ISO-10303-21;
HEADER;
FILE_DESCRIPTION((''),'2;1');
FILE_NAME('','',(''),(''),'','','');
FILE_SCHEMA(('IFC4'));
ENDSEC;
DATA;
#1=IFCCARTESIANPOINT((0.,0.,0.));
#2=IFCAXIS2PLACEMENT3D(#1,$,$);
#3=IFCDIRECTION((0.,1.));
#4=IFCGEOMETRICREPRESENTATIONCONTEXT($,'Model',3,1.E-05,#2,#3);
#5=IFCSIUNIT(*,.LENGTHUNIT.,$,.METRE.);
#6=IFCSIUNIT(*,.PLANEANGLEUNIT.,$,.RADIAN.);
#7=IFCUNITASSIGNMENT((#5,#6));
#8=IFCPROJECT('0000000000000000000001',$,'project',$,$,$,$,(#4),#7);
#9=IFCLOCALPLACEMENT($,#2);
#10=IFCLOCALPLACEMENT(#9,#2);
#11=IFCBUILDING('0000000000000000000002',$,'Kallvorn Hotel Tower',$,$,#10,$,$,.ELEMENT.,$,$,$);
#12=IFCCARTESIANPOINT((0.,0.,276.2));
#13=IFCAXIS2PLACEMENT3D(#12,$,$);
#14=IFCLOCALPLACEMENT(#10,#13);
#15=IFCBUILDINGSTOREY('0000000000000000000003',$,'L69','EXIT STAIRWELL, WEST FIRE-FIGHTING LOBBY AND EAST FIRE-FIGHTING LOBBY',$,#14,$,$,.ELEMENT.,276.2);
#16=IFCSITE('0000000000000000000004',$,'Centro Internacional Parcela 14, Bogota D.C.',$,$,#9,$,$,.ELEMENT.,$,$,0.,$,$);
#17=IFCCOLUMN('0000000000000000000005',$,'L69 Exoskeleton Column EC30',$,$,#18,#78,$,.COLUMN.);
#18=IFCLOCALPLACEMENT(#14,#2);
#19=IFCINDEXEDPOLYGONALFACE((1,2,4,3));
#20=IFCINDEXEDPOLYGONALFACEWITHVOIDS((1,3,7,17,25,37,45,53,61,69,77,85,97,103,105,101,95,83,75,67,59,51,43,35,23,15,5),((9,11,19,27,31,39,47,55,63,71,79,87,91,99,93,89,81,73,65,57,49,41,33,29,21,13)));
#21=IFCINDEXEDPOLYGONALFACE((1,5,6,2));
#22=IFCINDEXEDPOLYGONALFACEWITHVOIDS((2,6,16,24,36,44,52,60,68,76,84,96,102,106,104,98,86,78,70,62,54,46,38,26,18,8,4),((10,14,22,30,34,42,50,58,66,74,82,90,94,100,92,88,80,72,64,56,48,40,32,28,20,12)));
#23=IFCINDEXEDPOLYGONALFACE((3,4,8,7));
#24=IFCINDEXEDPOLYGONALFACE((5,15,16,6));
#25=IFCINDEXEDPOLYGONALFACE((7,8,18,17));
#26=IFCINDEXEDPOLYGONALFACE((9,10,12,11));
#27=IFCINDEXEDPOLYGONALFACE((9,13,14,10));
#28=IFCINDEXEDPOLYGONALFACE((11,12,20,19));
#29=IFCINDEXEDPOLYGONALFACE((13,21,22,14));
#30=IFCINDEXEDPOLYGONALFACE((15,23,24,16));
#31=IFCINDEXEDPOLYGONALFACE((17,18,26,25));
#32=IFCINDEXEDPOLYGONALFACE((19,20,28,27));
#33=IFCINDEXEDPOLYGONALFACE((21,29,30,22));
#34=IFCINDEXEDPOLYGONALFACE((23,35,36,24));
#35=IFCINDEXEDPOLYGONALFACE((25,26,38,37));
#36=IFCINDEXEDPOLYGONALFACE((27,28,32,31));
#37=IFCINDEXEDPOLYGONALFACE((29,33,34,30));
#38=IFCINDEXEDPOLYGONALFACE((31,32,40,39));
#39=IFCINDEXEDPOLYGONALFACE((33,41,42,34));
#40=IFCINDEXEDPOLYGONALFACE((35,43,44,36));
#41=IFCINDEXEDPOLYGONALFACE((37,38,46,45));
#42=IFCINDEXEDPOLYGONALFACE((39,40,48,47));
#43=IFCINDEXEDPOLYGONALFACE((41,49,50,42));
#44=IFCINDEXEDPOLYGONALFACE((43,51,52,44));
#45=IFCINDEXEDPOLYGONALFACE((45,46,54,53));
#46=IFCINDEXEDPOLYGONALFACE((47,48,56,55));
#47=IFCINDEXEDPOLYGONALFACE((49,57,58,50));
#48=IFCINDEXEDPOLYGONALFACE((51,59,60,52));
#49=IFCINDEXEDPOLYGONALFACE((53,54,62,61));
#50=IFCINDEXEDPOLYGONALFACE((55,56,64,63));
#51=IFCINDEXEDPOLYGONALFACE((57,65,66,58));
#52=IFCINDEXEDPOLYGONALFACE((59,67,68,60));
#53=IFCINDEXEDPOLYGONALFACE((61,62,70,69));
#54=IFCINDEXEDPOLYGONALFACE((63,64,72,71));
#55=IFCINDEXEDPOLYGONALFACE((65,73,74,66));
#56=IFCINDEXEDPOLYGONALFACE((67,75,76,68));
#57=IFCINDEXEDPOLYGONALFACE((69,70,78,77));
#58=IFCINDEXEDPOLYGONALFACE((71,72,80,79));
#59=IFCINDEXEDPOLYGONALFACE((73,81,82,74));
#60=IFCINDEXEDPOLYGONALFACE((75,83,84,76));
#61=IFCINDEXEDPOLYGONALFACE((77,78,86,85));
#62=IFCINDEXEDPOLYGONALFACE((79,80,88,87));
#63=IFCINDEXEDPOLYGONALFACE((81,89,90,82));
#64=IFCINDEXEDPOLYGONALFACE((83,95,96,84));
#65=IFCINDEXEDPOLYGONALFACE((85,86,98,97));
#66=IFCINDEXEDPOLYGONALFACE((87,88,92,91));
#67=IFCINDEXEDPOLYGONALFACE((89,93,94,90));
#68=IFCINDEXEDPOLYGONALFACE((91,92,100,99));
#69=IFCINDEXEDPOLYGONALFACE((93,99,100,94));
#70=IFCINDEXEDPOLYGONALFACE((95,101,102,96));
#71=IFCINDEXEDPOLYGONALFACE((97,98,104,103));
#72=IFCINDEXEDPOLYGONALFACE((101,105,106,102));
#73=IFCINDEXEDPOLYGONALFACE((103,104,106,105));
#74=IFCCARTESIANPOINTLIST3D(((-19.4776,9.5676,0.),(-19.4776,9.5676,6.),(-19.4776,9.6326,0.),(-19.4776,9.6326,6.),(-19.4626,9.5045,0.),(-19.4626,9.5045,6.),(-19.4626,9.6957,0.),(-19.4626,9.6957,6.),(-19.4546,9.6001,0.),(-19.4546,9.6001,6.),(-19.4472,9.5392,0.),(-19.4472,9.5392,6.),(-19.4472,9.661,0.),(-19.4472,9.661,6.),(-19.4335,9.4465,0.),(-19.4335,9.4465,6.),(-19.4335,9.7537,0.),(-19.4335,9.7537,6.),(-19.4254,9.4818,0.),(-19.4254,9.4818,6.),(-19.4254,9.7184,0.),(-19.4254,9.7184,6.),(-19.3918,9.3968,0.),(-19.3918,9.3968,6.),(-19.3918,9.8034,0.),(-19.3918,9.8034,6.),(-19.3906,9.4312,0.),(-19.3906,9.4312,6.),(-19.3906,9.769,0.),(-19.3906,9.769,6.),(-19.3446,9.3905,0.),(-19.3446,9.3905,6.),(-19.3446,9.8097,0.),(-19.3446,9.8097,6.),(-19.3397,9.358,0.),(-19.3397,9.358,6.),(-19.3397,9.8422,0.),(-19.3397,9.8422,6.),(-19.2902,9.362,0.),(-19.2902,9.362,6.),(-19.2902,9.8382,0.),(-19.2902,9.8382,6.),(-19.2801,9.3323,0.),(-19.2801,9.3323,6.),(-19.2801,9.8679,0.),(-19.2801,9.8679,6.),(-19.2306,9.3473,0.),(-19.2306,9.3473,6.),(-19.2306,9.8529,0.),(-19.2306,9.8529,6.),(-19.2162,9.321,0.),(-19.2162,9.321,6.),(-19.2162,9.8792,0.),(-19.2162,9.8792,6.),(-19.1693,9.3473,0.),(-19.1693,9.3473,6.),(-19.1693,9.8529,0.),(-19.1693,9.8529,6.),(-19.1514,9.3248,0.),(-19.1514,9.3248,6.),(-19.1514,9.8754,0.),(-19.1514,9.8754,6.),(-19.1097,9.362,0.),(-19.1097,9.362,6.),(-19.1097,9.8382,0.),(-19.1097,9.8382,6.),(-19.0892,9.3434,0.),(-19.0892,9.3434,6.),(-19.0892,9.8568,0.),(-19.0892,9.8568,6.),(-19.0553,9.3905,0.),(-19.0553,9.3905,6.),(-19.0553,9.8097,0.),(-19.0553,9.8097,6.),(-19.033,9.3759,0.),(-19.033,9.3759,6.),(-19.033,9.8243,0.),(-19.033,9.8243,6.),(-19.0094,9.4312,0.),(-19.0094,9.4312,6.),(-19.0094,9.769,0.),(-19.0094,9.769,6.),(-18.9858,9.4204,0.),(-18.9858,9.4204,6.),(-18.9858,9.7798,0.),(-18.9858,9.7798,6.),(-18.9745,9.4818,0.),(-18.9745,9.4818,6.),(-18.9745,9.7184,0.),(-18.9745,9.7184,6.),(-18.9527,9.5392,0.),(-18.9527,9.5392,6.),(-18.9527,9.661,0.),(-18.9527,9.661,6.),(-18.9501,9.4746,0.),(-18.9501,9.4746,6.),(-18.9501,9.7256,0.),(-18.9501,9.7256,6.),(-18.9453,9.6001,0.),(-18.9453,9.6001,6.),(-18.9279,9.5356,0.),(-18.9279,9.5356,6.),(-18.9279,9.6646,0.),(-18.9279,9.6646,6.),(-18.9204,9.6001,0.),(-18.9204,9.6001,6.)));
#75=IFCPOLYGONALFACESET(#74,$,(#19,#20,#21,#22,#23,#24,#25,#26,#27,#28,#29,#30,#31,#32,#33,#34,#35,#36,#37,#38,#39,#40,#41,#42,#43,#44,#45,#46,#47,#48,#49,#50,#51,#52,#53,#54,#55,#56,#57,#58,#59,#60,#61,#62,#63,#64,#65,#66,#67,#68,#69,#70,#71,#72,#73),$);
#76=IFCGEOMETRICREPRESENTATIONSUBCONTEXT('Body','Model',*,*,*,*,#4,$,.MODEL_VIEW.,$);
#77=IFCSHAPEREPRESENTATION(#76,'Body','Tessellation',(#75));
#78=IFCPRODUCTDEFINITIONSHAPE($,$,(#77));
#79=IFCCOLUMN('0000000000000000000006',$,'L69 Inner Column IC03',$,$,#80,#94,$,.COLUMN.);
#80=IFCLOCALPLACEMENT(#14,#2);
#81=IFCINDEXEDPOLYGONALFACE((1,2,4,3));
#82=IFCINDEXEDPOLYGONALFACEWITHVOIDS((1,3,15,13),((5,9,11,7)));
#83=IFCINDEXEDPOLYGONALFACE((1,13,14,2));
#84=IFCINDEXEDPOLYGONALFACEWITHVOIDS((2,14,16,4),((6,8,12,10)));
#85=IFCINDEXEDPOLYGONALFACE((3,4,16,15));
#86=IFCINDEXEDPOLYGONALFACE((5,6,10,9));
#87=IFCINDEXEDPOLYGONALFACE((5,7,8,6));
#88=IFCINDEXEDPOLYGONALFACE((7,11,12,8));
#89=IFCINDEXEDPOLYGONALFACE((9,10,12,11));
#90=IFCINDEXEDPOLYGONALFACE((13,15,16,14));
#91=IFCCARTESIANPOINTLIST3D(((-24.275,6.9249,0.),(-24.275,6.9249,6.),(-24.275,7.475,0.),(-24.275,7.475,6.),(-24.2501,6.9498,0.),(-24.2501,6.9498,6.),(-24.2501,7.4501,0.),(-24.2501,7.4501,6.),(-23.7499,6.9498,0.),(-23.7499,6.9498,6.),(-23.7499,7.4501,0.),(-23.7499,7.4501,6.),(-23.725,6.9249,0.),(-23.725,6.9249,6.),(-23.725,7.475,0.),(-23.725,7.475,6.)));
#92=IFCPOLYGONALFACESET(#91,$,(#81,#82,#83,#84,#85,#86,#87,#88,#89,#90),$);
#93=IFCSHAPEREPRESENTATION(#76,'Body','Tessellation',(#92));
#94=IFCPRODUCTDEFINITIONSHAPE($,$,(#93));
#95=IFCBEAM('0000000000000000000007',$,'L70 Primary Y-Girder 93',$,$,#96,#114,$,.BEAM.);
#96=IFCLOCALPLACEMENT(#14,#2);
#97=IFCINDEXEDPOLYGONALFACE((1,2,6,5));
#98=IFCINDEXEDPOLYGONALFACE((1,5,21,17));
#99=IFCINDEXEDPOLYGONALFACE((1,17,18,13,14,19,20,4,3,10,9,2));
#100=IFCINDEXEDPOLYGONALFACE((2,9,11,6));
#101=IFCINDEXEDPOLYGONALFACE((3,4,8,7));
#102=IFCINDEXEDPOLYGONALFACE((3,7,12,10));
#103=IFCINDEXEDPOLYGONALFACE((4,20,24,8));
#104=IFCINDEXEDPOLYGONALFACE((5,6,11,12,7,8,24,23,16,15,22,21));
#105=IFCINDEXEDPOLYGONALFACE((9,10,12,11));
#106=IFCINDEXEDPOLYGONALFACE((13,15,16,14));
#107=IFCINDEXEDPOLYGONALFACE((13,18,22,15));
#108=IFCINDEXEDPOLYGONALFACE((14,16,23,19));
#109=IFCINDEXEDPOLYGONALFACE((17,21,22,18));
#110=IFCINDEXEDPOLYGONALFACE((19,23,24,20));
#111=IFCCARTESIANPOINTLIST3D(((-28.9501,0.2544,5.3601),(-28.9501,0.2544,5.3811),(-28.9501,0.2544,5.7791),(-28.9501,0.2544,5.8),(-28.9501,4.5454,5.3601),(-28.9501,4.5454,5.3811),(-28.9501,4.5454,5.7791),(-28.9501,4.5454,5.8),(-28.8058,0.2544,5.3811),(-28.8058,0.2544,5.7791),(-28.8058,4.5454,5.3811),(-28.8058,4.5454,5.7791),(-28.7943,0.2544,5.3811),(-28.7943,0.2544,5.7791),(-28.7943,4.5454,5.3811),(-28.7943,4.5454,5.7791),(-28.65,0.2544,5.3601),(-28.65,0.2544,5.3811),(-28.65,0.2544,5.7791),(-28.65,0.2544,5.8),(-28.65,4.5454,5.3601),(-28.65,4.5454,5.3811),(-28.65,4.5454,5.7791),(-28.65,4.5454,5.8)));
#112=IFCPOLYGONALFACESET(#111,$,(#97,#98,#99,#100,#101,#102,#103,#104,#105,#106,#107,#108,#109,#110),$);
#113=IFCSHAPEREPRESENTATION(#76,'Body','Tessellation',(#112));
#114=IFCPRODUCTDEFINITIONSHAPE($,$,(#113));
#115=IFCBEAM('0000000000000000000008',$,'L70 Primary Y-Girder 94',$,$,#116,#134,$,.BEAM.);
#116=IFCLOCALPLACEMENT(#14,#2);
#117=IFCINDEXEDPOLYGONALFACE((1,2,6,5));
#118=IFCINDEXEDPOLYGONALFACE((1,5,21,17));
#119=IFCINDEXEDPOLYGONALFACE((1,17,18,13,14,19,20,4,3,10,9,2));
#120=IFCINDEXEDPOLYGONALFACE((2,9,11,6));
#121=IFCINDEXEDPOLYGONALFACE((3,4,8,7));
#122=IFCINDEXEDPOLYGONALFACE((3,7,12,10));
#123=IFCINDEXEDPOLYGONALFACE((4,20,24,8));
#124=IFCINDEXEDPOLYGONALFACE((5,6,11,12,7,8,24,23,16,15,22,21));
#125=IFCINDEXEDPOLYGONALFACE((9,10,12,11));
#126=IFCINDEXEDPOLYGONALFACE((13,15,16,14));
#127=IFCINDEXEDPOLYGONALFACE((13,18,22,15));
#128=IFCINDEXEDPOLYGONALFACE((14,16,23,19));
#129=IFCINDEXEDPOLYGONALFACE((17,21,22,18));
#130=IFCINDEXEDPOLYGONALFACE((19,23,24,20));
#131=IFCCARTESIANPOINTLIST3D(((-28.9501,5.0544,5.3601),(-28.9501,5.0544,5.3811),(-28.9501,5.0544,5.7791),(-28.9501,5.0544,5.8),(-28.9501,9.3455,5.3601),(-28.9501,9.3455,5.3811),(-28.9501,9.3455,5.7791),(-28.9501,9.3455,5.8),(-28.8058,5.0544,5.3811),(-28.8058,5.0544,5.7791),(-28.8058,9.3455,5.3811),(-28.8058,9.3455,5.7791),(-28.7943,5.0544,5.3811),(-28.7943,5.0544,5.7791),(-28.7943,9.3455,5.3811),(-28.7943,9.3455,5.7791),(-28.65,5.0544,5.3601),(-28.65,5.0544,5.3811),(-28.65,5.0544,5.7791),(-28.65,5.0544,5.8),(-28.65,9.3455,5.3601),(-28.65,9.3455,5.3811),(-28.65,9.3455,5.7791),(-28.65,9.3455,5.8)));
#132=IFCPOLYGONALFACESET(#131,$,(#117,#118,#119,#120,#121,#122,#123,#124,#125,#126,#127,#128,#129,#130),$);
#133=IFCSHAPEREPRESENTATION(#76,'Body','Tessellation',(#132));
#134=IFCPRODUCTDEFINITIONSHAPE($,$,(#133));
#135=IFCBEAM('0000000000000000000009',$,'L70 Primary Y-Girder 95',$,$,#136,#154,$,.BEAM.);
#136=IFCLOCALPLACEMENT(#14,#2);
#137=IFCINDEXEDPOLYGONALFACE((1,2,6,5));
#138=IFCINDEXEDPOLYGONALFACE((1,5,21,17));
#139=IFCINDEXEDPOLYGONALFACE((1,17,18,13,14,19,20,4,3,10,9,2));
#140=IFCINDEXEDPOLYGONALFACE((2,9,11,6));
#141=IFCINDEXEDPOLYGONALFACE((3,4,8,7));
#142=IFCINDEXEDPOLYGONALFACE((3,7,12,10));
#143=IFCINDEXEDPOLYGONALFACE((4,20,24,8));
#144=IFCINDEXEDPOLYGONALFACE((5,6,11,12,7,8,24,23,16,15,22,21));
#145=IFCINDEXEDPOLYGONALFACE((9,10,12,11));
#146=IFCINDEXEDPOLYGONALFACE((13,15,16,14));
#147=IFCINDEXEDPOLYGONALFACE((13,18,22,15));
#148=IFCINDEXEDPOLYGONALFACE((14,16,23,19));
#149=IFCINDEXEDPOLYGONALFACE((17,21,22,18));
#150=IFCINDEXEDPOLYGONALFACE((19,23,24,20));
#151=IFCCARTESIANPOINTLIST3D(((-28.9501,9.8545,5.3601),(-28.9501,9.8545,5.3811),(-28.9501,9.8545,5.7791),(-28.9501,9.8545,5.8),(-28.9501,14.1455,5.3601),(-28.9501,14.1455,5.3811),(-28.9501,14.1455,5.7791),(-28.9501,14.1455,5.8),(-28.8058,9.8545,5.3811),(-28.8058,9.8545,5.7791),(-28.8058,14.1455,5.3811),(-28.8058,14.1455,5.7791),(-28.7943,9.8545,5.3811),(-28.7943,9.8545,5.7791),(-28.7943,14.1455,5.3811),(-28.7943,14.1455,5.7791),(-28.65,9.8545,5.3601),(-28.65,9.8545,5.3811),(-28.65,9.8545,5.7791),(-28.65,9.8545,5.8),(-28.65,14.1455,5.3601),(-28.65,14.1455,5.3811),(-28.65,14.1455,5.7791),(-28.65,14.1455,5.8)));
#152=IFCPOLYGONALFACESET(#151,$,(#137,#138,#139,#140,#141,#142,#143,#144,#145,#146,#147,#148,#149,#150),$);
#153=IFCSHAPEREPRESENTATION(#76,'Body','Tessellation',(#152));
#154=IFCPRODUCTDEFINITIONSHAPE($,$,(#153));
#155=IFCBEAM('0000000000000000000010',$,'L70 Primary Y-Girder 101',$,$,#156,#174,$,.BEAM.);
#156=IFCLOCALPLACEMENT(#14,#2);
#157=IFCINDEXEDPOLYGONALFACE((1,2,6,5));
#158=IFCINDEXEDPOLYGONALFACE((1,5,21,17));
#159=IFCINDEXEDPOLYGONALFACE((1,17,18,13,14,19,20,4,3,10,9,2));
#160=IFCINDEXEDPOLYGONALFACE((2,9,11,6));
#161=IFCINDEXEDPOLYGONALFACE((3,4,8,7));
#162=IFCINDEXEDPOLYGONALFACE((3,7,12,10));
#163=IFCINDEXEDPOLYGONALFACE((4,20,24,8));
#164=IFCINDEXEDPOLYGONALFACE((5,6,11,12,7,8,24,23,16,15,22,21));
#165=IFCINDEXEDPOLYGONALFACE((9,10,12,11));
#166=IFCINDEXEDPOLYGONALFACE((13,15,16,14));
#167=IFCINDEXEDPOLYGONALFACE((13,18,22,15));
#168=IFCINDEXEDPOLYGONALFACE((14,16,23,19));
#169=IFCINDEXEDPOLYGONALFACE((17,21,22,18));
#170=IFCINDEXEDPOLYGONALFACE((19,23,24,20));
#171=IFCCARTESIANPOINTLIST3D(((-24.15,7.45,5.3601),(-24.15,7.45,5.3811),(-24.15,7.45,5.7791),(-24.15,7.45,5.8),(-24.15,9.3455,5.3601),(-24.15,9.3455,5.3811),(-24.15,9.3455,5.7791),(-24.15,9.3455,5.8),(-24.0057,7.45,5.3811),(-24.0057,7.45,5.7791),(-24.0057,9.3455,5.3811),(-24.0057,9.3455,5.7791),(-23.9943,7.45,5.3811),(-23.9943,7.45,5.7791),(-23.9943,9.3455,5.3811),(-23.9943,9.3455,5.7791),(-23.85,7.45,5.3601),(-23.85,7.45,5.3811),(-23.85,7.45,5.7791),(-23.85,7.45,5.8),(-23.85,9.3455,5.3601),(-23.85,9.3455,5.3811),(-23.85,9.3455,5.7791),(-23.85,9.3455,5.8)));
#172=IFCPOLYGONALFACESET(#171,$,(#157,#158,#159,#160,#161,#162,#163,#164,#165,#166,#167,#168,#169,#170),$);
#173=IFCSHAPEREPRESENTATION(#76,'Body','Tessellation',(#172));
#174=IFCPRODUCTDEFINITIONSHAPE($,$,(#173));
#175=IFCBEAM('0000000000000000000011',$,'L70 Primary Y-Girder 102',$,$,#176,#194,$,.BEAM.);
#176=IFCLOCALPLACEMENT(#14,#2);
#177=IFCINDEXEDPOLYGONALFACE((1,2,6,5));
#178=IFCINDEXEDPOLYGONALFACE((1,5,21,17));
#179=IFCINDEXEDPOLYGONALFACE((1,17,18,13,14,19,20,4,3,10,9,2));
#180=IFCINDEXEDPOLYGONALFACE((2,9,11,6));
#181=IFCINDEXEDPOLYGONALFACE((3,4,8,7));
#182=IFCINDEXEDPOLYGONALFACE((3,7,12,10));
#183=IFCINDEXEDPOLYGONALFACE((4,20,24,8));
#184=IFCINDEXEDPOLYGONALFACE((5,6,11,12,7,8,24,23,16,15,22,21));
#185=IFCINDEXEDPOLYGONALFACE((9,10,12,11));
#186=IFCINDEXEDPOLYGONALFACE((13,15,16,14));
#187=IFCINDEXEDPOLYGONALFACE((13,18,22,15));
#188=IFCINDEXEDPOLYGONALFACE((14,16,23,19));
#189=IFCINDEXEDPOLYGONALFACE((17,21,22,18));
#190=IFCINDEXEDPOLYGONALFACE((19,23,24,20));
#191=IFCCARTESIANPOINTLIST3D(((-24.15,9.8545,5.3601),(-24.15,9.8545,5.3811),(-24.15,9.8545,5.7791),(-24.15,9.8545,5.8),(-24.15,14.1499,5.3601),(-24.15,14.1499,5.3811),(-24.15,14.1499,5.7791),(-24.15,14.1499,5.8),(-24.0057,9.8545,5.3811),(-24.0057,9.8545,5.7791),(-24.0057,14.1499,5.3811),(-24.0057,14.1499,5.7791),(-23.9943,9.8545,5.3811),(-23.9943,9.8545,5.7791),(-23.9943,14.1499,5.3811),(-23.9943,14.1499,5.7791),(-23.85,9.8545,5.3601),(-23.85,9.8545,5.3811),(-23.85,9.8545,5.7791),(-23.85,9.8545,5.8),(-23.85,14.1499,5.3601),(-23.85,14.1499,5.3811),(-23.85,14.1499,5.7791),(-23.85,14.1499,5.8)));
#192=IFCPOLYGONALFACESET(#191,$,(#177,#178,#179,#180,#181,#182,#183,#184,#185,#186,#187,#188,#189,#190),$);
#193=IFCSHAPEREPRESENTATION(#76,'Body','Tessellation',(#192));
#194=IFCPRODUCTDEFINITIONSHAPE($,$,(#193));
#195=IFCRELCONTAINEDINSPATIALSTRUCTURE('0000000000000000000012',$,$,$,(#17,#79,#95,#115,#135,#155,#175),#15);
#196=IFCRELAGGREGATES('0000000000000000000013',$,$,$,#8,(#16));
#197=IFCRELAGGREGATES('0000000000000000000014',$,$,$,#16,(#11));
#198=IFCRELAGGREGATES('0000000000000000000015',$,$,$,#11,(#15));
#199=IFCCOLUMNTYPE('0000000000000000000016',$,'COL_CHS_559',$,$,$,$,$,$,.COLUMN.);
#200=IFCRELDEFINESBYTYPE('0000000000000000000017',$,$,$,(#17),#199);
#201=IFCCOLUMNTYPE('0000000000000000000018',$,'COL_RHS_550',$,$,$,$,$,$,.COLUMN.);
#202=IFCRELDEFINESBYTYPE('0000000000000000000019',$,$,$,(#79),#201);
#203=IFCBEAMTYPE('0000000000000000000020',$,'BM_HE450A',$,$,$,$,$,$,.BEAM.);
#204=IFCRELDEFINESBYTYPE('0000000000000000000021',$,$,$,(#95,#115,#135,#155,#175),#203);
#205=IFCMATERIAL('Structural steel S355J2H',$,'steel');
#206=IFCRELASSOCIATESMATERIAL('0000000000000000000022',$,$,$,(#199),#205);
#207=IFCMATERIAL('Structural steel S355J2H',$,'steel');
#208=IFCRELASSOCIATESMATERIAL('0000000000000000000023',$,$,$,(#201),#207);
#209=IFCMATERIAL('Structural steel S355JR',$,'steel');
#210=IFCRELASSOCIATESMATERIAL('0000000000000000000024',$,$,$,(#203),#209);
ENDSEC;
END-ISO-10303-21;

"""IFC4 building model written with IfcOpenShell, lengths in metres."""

from ifc_helpers import new_model, si_unit, direction, frame, origin, origin_2d, place, context, subcontext, project, spatial, hollow_rectangle, hollow_circle, i_section, extrude, material, material_profile, profile_set, type_object, element, save


model = new_model("IFC4")

# Units and contexts
model_context = context("Model", 3, precision=1e-05, world=origin(), true_north=direction((0.0, 1.0)))
body_context = subcontext(model_context, "Body", "Model", "MODEL_VIEW")
ifc_project = project(units=[si_unit("LENGTHUNIT", "METRE"), si_unit("PLANEANGLEUNIT", "RADIAN")], contexts=[model_context])

# Site, building, storey
site_placement = place(None, origin())
site = spatial("IfcSite", under=ifc_project, at=site_placement, Name="Centro Internacional Parcela 14, Bogota D.C.", CompositionType="ELEMENT", RefElevation=0.0)
building_placement = place(site_placement, origin())
building = spatial("IfcBuilding", under=site, at=building_placement, Name="Kallvorn Hotel Tower", CompositionType="ELEMENT")
storey_placement = place(building_placement, frame((0.0, 0.0, 276.2)))
storey = spatial("IfcBuildingStorey", under=building, at=storey_placement, Name="L69", Description="EXIT STAIRWELL, WEST FIRE-FIGHTING LOBBY AND EAST FIRE-FIGHTING LOBBY", CompositionType="ELEMENT", Elevation=276.2)

# Columns
ifc_material_1 = material(Name="Structural steel S355J2H", Category="steel")
ifc_material_profile_1 = material_profile(ifc_material_1, hollow_circle(Radius=0.2795, WallThickness=0.0249, at=origin_2d()), Name="CHS 559x25")
ifc_profile_set_1 = profile_set([ifc_material_profile_1], Name="Structural steel S355J2H")
column_type_1 = type_object("IfcColumnType", Name="COL_CHS_559", PredefinedType="COLUMN", material=ifc_profile_set_1)
for number, where, z_axis, x_axis, name in (
    (1, (-19.2, 9.6001, 0.0), (0.0, 0.0, 1.0), (1.0, 0.0, 0.0), "L69 Exoskeleton Column EC30"),
):
    element("IfcColumn", number, at=place(storey_placement, frame(where, z_axis=z_axis, x_axis=x_axis)), inside=storey, type_object=column_type_1, Name=name, PredefinedType="COLUMN", context=body_context, shape_type="SweptSolid", body=[
        extrude(hollow_circle(Radius=0.2795, WallThickness=0.0249, at=origin_2d()), origin(), (0.0, 0.0, 1.0), 6.0),
    ])
ifc_material_2 = material(Name="Structural steel S355J2H", Category="steel")
ifc_material_profile_2 = material_profile(ifc_material_2, hollow_rectangle(XDim=0.55, YDim=0.55, WallThickness=0.0249, at=origin_2d()), Name="RHS 550x550x25")
ifc_profile_set_2 = profile_set([ifc_material_profile_2], Name="Structural steel S355J2H")
column_type_2 = type_object("IfcColumnType", Name="COL_RHS_550", PredefinedType="COLUMN", material=ifc_profile_set_2)
column_placement = place(storey_placement, frame((-24.0, 7.2, 0.0), z_axis=(0.0, 0.0, 1.0), x_axis=(1.0, 0.0, 0.0)))
element("IfcColumn", 2, at=column_placement, inside=storey, type_object=column_type_2, Name="L69 Inner Column IC03", PredefinedType="COLUMN", context=body_context, shape_type="SweptSolid", body=[
    extrude(hollow_rectangle(XDim=0.55, YDim=0.55, WallThickness=0.0249, at=origin_2d()), origin(), (0.0, 0.0, 1.0), 6.0),
])

# Beams
ifc_material_3 = material(Name="Structural steel S355JR", Category="steel")
ifc_material_profile_3 = material_profile(ifc_material_3, i_section(OverallWidth=0.3, OverallDepth=0.4399, WebThickness=0.0115, FlangeThickness=0.021, at=origin_2d()), Name="HE 450 A")
ifc_profile_set_3 = profile_set([ifc_material_profile_3], Name="Structural steel S355JR")
beam_type_1 = type_object("IfcBeamType", Name="BM_HE450A", PredefinedType="BEAM", material=ifc_profile_set_3)
for number, where, z_axis, x_axis, name in (
    (3, (-28.8, 0.2544, 5.5801), (0.0, 1.0, 0.0), (-1.0, 0.0, 0.0), "L70 Primary Y-Girder 93"),
    (4, (-28.8, 5.0544, 5.5801), (0.0, 1.0, 0.0), (-1.0, 0.0, 0.0), "L70 Primary Y-Girder 94"),
    (5, (-28.8, 9.8545, 5.5801), (0.0, 1.0, 0.0), (-1.0, 0.0, 0.0), "L70 Primary Y-Girder 95"),
):
    element("IfcBeam", number, at=place(storey_placement, frame(where, z_axis=z_axis, x_axis=x_axis)), inside=storey, type_object=beam_type_1, Name=name, PredefinedType="BEAM", context=body_context, shape_type="SweptSolid", body=[
        extrude(i_section(OverallWidth=0.3, OverallDepth=0.4399, WebThickness=0.0115, FlangeThickness=0.021, at=origin_2d()), origin(), (0.0, 0.0, 1.0), 4.291),
    ])
beam_1_placement = place(storey_placement, frame((-24.0, 7.45, 5.5801), z_axis=(0.0, 1.0, 0.0), x_axis=(-1.0, 0.0, 0.0)))
element("IfcBeam", 6, at=beam_1_placement, inside=storey, type_object=beam_type_1, Name="L70 Primary Y-Girder 101", PredefinedType="BEAM", context=body_context, shape_type="SweptSolid", body=[
    extrude(i_section(OverallWidth=0.3, OverallDepth=0.4399, WebThickness=0.0115, FlangeThickness=0.021, at=origin_2d()), origin(), (0.0, 0.0, 1.0), 1.8955),
])
beam_2_placement = place(storey_placement, frame((-24.0, 9.8545, 5.5801), z_axis=(0.0, 1.0, 0.0), x_axis=(-1.0, 0.0, 0.0)))
element("IfcBeam", 7, at=beam_2_placement, inside=storey, type_object=beam_type_1, Name="L70 Primary Y-Girder 102", PredefinedType="BEAM", context=body_context, shape_type="SweptSolid", body=[
    extrude(i_section(OverallWidth=0.3, OverallDepth=0.4399, WebThickness=0.0115, FlangeThickness=0.021, at=origin_2d()), origin(), (0.0, 0.0, 1.0), 4.2954),
])

save(model, "model.ifc")
